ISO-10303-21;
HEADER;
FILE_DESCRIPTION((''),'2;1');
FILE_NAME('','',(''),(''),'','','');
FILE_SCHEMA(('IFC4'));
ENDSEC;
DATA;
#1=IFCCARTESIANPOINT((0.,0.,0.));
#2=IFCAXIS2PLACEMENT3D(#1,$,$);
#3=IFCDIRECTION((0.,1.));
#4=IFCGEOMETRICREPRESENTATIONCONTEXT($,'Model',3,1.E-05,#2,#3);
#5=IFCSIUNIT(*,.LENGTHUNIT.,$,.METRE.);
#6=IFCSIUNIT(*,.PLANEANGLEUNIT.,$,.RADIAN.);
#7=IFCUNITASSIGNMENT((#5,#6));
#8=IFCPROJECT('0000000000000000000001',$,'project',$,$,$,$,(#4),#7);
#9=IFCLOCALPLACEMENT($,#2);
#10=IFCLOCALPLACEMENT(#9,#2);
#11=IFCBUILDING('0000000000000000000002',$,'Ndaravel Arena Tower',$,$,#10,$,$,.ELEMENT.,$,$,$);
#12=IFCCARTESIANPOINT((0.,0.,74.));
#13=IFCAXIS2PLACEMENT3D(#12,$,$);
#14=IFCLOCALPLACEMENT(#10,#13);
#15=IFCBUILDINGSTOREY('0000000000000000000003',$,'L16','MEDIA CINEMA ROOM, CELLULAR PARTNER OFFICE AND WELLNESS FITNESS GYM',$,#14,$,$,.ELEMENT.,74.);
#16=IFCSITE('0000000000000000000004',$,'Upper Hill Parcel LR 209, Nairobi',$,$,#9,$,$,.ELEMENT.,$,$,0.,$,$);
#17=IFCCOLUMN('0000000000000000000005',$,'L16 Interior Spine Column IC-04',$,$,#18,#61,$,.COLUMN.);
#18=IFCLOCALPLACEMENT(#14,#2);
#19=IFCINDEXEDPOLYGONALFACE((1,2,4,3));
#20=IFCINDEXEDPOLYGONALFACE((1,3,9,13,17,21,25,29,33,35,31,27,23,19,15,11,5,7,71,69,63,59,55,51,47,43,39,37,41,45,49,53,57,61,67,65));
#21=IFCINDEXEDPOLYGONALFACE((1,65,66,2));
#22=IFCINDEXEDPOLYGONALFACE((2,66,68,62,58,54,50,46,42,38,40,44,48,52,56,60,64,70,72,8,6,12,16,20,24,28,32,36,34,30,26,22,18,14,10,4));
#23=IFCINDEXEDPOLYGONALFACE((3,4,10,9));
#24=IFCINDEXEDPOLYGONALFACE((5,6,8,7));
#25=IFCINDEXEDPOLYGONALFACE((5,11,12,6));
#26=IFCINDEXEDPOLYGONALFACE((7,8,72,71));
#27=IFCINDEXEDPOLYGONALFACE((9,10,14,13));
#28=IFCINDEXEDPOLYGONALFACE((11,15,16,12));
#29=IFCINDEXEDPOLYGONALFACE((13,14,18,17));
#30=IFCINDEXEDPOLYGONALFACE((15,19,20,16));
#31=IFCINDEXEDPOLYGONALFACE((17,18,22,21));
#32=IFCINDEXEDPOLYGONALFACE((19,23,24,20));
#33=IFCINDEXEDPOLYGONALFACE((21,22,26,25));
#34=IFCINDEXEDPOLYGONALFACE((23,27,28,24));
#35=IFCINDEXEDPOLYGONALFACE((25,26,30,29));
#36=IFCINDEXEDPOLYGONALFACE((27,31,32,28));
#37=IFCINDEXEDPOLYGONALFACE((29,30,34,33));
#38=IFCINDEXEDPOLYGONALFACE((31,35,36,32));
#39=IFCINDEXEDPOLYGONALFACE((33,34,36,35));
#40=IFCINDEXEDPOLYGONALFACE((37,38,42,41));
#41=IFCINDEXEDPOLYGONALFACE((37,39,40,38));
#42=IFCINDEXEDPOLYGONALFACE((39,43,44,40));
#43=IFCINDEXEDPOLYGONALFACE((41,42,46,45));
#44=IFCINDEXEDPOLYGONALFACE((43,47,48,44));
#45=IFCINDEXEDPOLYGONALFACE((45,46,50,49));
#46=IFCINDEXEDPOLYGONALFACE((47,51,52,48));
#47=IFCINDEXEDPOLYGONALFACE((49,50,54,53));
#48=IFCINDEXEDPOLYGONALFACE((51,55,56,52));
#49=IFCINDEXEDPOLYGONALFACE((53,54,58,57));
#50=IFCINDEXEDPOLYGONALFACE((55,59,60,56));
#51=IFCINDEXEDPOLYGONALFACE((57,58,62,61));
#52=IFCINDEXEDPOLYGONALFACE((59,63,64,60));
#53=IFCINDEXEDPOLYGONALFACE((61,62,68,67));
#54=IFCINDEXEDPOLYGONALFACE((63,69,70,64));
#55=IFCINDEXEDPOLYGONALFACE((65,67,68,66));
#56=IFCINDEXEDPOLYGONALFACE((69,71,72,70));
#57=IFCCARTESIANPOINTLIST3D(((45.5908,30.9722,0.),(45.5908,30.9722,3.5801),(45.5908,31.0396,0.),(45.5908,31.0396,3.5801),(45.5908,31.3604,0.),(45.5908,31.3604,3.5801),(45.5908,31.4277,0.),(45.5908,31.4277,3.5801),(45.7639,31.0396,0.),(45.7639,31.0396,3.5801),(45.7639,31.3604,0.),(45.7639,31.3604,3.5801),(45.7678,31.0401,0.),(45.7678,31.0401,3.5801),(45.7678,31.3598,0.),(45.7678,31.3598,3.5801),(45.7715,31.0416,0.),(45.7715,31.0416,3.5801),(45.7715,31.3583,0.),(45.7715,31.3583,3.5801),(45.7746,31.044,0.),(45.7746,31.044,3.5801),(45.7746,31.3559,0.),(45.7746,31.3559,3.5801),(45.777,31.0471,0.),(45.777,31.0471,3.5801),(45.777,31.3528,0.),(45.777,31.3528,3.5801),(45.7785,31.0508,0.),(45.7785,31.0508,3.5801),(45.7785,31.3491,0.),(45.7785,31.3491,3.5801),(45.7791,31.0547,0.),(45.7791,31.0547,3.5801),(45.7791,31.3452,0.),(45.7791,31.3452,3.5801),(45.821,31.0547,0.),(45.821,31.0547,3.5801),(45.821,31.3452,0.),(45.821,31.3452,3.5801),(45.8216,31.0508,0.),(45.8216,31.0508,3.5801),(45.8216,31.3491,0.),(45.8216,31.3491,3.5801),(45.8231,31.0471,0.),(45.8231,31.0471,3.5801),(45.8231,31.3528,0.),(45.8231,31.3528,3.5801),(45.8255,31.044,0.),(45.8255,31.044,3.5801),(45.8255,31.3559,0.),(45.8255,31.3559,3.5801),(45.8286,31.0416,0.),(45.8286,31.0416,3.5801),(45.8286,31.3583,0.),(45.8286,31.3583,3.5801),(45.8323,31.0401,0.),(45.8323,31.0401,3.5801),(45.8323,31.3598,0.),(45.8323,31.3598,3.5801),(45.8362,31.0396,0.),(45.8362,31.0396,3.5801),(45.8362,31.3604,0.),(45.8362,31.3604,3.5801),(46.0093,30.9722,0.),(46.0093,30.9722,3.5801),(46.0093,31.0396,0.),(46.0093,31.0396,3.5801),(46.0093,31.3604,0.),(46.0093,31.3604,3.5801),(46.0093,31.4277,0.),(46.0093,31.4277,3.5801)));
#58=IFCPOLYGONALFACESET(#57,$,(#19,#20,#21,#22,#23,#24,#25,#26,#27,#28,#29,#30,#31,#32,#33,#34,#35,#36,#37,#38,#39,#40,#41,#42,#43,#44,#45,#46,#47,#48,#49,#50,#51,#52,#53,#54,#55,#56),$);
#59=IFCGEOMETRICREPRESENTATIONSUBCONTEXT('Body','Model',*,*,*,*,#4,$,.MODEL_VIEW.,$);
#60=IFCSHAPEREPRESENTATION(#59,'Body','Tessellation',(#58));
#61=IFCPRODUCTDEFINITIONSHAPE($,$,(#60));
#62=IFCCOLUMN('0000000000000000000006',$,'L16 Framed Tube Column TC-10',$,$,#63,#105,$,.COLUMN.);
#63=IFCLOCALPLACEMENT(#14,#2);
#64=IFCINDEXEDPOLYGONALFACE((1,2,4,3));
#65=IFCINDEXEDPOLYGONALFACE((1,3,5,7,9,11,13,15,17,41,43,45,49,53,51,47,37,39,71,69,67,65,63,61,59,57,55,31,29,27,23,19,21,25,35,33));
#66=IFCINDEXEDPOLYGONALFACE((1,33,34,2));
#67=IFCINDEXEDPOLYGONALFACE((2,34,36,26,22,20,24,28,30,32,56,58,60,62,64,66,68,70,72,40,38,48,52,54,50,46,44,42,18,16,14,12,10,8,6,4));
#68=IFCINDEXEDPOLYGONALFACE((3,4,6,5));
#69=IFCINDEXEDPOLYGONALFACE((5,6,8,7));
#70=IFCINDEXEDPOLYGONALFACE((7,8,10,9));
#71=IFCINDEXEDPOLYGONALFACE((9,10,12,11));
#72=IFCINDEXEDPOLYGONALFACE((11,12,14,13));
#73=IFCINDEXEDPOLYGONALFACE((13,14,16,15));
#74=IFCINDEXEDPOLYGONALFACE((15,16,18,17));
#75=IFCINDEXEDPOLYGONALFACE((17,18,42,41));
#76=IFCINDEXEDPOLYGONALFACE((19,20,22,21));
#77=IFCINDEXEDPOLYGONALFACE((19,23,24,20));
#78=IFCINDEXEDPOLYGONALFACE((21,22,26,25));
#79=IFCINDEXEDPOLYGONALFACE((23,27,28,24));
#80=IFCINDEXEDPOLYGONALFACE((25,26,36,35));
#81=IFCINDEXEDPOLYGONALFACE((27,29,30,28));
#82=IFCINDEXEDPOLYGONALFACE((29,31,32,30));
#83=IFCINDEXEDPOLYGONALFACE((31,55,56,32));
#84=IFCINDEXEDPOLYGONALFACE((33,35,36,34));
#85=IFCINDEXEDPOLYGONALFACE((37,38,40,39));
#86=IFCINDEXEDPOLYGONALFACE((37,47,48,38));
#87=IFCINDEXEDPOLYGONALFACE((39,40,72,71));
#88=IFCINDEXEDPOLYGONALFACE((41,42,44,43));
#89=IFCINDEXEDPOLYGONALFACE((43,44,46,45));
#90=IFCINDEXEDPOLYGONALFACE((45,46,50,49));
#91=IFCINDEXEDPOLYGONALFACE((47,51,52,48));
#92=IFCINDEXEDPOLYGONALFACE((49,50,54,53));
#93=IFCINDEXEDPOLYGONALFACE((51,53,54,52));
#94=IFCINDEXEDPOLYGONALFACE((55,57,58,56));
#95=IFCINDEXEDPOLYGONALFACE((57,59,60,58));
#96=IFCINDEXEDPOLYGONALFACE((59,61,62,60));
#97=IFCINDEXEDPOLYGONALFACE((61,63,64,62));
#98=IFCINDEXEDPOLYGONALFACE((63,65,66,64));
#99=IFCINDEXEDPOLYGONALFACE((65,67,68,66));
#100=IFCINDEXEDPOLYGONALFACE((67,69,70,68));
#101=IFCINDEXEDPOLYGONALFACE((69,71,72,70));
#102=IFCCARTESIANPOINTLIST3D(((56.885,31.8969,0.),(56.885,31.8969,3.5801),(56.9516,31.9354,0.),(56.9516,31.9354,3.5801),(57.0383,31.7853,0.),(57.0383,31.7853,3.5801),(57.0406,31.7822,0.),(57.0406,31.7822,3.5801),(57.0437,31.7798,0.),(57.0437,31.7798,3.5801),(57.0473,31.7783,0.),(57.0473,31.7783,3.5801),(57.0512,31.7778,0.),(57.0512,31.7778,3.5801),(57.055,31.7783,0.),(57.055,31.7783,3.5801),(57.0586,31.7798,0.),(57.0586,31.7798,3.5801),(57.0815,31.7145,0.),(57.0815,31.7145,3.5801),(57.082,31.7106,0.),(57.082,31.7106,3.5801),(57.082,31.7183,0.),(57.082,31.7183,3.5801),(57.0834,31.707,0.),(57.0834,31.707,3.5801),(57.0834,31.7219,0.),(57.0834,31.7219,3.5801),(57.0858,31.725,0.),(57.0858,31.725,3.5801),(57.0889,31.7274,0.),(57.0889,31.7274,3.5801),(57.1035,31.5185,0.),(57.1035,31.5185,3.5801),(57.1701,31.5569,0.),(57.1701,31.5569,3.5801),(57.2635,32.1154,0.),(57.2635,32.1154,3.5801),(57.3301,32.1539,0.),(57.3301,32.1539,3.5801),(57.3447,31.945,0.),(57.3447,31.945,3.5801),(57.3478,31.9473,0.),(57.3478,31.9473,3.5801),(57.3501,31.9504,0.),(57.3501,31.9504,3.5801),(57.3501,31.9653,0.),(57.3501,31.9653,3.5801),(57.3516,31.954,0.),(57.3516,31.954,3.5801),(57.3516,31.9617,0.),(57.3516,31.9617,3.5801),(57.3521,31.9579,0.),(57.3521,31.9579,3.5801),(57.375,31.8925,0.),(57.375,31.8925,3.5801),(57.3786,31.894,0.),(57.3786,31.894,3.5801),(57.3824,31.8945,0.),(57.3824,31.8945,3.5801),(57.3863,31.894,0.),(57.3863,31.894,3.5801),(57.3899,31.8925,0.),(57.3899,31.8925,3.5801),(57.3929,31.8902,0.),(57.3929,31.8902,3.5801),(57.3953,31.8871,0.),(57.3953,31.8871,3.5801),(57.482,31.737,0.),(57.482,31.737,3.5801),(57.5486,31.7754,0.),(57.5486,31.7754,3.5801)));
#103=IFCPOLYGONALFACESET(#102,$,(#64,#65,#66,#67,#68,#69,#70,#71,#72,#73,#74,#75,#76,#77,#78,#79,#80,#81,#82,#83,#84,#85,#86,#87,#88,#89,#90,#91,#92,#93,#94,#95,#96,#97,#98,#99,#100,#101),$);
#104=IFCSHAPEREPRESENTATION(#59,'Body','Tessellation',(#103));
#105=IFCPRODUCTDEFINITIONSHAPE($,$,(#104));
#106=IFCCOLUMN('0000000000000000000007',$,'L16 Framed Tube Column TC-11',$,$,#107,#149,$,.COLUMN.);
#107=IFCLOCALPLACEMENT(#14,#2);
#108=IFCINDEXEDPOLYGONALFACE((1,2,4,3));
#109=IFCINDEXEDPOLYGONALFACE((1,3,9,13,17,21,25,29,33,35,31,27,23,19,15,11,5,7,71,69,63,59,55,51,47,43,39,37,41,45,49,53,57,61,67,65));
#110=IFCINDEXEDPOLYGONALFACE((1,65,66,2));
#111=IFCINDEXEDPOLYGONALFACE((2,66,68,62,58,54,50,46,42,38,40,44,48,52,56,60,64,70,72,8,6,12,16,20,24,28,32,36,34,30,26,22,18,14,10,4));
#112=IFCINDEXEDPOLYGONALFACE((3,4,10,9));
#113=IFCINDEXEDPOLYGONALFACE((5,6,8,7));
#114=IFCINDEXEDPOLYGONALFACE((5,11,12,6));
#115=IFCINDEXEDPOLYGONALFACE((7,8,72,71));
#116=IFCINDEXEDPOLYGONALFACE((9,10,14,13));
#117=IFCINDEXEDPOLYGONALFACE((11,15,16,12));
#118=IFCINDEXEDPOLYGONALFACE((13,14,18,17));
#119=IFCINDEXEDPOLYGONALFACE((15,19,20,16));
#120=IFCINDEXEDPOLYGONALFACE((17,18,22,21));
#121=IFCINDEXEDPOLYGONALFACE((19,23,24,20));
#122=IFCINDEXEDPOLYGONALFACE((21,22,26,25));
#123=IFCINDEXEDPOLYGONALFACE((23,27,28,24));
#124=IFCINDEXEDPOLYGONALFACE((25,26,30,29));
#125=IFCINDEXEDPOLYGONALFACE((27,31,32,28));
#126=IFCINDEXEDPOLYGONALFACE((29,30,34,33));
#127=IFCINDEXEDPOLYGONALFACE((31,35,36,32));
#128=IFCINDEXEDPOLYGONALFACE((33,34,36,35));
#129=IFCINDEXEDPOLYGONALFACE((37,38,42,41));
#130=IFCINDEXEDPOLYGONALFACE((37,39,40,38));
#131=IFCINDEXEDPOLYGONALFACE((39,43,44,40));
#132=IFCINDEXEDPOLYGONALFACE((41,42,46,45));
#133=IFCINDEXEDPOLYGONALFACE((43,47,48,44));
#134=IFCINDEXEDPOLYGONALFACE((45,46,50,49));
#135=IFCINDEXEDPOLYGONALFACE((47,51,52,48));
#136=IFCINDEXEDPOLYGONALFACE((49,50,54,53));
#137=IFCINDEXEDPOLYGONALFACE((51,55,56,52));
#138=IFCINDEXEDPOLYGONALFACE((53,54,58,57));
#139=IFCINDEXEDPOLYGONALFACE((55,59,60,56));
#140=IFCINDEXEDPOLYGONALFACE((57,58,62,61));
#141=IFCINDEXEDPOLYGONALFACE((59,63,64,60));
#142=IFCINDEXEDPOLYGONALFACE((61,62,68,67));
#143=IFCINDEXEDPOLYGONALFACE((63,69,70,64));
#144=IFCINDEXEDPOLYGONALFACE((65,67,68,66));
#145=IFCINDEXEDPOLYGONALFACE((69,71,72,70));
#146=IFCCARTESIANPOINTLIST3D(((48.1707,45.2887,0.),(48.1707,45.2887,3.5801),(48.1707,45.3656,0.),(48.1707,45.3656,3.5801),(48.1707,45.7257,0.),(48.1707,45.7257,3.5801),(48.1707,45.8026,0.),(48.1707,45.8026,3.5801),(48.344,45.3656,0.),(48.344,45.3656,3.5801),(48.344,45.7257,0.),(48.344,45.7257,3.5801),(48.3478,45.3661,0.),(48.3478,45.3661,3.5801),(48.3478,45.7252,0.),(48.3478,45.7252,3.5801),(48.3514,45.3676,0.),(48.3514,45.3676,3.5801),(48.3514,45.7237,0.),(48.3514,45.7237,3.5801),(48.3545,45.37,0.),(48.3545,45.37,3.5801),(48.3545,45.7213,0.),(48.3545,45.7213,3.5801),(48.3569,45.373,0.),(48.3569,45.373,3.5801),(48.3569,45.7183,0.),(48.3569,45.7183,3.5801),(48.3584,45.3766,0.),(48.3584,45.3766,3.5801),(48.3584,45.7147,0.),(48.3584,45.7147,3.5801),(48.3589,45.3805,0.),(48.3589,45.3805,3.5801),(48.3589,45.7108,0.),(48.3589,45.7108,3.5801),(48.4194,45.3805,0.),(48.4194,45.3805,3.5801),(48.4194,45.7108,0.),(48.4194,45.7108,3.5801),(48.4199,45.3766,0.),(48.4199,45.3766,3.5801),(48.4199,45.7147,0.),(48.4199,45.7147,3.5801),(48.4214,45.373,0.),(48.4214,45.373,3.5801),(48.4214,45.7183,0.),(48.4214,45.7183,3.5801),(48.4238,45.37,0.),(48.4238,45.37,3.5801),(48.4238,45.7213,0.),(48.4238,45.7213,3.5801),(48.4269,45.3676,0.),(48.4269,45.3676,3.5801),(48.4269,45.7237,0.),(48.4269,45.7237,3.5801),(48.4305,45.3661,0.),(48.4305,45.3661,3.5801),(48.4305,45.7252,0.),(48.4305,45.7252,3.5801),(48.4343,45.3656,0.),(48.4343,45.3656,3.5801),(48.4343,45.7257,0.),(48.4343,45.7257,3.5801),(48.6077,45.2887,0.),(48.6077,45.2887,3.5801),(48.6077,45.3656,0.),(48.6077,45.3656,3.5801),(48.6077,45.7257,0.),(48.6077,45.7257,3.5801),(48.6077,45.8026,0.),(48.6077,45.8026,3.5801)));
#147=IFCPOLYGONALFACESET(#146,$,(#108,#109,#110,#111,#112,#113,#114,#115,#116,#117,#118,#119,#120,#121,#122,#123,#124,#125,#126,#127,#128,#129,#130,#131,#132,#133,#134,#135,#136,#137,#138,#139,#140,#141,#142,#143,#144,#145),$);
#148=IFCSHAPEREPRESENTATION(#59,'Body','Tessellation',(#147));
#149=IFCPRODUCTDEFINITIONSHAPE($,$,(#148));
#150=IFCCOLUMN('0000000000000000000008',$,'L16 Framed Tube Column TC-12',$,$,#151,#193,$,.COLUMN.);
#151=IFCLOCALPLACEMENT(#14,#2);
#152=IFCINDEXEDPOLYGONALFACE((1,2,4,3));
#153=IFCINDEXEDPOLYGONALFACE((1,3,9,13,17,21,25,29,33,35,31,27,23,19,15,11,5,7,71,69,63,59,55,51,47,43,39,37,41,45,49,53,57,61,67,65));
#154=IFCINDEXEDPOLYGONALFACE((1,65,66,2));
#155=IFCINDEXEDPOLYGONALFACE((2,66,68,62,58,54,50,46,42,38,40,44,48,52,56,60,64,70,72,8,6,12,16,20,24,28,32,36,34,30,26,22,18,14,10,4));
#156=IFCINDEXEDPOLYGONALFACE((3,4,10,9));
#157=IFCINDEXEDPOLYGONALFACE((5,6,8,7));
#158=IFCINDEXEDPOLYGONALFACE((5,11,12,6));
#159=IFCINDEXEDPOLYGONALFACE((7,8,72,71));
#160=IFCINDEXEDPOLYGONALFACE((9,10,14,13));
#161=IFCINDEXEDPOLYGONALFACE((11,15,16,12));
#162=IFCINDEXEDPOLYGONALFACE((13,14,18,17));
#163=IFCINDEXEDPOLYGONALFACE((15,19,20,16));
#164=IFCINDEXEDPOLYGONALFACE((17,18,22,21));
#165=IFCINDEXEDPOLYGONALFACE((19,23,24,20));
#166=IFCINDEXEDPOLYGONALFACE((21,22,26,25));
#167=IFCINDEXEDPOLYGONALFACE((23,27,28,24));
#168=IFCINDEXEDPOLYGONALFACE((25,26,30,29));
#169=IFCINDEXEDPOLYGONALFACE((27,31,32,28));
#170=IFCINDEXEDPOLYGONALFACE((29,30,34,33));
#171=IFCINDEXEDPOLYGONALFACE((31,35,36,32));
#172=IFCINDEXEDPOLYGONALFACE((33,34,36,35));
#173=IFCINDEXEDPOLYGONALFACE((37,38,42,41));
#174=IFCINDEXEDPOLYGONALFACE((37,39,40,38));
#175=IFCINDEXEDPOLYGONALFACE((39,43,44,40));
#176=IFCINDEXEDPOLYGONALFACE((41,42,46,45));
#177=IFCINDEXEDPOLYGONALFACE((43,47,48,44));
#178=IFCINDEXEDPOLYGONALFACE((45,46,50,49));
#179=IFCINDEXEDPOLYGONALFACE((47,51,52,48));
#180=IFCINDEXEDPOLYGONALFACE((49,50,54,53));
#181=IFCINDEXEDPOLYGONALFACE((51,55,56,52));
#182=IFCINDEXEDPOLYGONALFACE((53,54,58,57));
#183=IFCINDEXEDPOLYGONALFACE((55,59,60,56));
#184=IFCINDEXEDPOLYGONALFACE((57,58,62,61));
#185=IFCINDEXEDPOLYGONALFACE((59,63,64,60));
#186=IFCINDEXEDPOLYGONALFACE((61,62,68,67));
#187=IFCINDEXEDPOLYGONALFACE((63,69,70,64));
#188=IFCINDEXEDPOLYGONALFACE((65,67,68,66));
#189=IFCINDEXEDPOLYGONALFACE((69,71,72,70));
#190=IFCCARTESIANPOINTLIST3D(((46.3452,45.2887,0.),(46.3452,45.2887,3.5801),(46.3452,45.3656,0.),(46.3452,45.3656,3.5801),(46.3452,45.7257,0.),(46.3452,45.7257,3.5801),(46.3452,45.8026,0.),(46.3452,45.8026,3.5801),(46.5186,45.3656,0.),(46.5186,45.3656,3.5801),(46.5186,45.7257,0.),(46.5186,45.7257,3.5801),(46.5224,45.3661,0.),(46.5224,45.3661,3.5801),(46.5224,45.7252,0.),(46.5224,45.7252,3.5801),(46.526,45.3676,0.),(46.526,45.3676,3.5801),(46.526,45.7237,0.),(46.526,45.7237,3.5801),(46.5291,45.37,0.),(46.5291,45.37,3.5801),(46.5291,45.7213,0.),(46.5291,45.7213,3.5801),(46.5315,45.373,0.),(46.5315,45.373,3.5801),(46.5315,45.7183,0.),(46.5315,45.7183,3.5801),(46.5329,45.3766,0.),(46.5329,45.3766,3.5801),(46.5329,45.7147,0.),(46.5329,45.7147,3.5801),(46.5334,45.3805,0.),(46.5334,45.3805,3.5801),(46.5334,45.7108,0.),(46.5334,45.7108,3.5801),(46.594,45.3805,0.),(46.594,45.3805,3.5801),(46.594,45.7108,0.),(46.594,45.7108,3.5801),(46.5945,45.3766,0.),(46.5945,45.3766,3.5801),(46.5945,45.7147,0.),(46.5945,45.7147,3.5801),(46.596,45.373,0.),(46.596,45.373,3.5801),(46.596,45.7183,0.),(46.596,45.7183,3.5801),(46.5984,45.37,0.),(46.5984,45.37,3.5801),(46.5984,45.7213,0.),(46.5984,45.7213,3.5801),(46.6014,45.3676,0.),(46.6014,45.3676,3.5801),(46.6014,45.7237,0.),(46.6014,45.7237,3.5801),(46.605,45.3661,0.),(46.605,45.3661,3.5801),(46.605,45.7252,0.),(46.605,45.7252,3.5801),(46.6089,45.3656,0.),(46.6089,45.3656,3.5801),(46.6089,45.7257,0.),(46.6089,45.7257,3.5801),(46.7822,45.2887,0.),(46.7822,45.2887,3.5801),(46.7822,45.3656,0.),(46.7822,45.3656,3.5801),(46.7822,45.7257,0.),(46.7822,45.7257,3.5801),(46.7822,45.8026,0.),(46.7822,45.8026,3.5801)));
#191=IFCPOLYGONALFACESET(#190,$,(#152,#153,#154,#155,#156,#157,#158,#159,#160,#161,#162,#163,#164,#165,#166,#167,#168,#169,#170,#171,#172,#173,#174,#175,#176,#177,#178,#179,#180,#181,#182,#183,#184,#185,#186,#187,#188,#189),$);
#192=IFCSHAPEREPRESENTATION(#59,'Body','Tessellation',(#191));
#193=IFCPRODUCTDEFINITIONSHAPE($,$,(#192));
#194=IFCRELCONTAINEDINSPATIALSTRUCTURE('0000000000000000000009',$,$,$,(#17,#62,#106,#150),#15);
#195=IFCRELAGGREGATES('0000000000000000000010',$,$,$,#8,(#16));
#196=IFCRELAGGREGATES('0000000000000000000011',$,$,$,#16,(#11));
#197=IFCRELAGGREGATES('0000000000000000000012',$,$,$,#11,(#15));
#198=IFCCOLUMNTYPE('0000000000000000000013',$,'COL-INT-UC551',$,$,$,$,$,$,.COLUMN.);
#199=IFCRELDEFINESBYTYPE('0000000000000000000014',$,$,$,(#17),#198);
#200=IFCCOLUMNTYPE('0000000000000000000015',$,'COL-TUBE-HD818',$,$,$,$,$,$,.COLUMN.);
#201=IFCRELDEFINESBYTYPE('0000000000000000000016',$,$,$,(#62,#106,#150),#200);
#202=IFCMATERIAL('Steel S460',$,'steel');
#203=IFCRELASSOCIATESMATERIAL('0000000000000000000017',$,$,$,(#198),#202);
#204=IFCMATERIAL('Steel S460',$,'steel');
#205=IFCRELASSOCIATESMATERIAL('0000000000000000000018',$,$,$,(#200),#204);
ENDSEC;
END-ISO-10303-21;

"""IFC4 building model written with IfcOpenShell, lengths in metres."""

from ifc_helpers import new_model, si_unit, direction, frame, origin, origin_2d, place, context, subcontext, project, spatial, i_section, extrude, material, material_profile, profile_set, type_object, element, save


model = new_model("IFC4")

# Units and contexts
model_context = context("Model", 3, precision=1e-05, world=origin(), true_north=direction((0.0, 1.0)))
body_context = subcontext(model_context, "Body", "Model", "MODEL_VIEW")
ifc_project = project(units=[si_unit("LENGTHUNIT", "METRE"), si_unit("PLANEANGLEUNIT", "RADIAN")], contexts=[model_context])

# Site, building, storey
site_placement = place(None, origin())
site = spatial("IfcSite", under=ifc_project, at=site_placement, Name="Upper Hill Parcel LR 209, Nairobi", CompositionType="ELEMENT", RefElevation=0.0)
building_placement = place(site_placement, origin())
building = spatial("IfcBuilding", under=site, at=building_placement, Name="Ndaravel Arena Tower", CompositionType="ELEMENT")
storey_placement = place(building_placement, frame((0.0, 0.0, 74.0)))
storey = spatial("IfcBuildingStorey", under=building, at=storey_placement, Name="L16", Description="MEDIA CINEMA ROOM, CELLULAR PARTNER OFFICE AND WELLNESS FITNESS GYM", CompositionType="ELEMENT", Elevation=74.0)

# Columns
ifc_material_1 = material(Name="Steel S460", Category="steel")
ifc_material_profile_1 = material_profile(ifc_material_1, i_section(OverallWidth=0.4185, OverallDepth=0.4556, WebThickness=0.042, FlangeThickness=0.0674, FilletRadius=0.0151, at=origin_2d()), Name="UC 356x406x551")
ifc_profile_set_1 = profile_set([ifc_material_profile_1], Name="Steel S460")
column_type_1 = type_object("IfcColumnType", Name="COL-INT-UC551", PredefinedType="COLUMN", material=ifc_profile_set_1)
column_placement = place(storey_placement, frame((45.8, 31.2, 0.0), z_axis=(0.0, 0.0, 1.0), x_axis=(1.0, 0.0, 0.0)))
element("IfcColumn", 1, at=column_placement, inside=storey, type_object=column_type_1, Name="L16 Interior Spine Column IC-04", PredefinedType="COLUMN", context=body_context, shape_type="SweptSolid", body=[
    extrude(i_section(OverallWidth=0.4185, OverallDepth=0.4556, WebThickness=0.042, FlangeThickness=0.0674, FilletRadius=0.0151, at=origin_2d()), origin(), (0.0, 0.0, 1.0), 3.5801),
])
ifc_material_2 = material(Name="Steel S460", Category="steel")
ifc_material_profile_2 = material_profile(ifc_material_2, i_section(OverallWidth=0.437, OverallDepth=0.5139, WebThickness=0.0605, FlangeThickness=0.0769, FilletRadius=0.0149, at=origin_2d()), Name="HD 400x818")
ifc_profile_set_2 = profile_set([ifc_material_profile_2], Name="Steel S460")
column_type_2 = type_object("IfcColumnType", Name="COL-TUBE-HD818", PredefinedType="COLUMN", material=ifc_profile_set_2)
for number, where, z_axis, x_axis, name in (
    (2, (57.2168, 31.8362, 0.0), (0.0, 0.0, 1.0), (-0.5, 0.866025, 0.0), "L16 Framed Tube Column TC-10"),
    (3, (48.3892, 45.5457, 0.0), (0.0, 0.0, 1.0), (1.0, 0.0, 0.0), "L16 Framed Tube Column TC-11"),
    (4, (46.5637, 45.5457, 0.0), (0.0, 0.0, 1.0), (1.0, 0.0, 0.0), "L16 Framed Tube Column TC-12"),
):
    element("IfcColumn", number, at=place(storey_placement, frame(where, z_axis=z_axis, x_axis=x_axis)), inside=storey, type_object=column_type_2, Name=name, PredefinedType="COLUMN", context=body_context, shape_type="SweptSolid", body=[
        extrude(i_section(OverallWidth=0.437, OverallDepth=0.5139, WebThickness=0.0605, FlangeThickness=0.0769, FilletRadius=0.0149, at=origin_2d()), origin(), (0.0, 0.0, 1.0), 3.5801),
    ])

save(model, "model.ifc")
